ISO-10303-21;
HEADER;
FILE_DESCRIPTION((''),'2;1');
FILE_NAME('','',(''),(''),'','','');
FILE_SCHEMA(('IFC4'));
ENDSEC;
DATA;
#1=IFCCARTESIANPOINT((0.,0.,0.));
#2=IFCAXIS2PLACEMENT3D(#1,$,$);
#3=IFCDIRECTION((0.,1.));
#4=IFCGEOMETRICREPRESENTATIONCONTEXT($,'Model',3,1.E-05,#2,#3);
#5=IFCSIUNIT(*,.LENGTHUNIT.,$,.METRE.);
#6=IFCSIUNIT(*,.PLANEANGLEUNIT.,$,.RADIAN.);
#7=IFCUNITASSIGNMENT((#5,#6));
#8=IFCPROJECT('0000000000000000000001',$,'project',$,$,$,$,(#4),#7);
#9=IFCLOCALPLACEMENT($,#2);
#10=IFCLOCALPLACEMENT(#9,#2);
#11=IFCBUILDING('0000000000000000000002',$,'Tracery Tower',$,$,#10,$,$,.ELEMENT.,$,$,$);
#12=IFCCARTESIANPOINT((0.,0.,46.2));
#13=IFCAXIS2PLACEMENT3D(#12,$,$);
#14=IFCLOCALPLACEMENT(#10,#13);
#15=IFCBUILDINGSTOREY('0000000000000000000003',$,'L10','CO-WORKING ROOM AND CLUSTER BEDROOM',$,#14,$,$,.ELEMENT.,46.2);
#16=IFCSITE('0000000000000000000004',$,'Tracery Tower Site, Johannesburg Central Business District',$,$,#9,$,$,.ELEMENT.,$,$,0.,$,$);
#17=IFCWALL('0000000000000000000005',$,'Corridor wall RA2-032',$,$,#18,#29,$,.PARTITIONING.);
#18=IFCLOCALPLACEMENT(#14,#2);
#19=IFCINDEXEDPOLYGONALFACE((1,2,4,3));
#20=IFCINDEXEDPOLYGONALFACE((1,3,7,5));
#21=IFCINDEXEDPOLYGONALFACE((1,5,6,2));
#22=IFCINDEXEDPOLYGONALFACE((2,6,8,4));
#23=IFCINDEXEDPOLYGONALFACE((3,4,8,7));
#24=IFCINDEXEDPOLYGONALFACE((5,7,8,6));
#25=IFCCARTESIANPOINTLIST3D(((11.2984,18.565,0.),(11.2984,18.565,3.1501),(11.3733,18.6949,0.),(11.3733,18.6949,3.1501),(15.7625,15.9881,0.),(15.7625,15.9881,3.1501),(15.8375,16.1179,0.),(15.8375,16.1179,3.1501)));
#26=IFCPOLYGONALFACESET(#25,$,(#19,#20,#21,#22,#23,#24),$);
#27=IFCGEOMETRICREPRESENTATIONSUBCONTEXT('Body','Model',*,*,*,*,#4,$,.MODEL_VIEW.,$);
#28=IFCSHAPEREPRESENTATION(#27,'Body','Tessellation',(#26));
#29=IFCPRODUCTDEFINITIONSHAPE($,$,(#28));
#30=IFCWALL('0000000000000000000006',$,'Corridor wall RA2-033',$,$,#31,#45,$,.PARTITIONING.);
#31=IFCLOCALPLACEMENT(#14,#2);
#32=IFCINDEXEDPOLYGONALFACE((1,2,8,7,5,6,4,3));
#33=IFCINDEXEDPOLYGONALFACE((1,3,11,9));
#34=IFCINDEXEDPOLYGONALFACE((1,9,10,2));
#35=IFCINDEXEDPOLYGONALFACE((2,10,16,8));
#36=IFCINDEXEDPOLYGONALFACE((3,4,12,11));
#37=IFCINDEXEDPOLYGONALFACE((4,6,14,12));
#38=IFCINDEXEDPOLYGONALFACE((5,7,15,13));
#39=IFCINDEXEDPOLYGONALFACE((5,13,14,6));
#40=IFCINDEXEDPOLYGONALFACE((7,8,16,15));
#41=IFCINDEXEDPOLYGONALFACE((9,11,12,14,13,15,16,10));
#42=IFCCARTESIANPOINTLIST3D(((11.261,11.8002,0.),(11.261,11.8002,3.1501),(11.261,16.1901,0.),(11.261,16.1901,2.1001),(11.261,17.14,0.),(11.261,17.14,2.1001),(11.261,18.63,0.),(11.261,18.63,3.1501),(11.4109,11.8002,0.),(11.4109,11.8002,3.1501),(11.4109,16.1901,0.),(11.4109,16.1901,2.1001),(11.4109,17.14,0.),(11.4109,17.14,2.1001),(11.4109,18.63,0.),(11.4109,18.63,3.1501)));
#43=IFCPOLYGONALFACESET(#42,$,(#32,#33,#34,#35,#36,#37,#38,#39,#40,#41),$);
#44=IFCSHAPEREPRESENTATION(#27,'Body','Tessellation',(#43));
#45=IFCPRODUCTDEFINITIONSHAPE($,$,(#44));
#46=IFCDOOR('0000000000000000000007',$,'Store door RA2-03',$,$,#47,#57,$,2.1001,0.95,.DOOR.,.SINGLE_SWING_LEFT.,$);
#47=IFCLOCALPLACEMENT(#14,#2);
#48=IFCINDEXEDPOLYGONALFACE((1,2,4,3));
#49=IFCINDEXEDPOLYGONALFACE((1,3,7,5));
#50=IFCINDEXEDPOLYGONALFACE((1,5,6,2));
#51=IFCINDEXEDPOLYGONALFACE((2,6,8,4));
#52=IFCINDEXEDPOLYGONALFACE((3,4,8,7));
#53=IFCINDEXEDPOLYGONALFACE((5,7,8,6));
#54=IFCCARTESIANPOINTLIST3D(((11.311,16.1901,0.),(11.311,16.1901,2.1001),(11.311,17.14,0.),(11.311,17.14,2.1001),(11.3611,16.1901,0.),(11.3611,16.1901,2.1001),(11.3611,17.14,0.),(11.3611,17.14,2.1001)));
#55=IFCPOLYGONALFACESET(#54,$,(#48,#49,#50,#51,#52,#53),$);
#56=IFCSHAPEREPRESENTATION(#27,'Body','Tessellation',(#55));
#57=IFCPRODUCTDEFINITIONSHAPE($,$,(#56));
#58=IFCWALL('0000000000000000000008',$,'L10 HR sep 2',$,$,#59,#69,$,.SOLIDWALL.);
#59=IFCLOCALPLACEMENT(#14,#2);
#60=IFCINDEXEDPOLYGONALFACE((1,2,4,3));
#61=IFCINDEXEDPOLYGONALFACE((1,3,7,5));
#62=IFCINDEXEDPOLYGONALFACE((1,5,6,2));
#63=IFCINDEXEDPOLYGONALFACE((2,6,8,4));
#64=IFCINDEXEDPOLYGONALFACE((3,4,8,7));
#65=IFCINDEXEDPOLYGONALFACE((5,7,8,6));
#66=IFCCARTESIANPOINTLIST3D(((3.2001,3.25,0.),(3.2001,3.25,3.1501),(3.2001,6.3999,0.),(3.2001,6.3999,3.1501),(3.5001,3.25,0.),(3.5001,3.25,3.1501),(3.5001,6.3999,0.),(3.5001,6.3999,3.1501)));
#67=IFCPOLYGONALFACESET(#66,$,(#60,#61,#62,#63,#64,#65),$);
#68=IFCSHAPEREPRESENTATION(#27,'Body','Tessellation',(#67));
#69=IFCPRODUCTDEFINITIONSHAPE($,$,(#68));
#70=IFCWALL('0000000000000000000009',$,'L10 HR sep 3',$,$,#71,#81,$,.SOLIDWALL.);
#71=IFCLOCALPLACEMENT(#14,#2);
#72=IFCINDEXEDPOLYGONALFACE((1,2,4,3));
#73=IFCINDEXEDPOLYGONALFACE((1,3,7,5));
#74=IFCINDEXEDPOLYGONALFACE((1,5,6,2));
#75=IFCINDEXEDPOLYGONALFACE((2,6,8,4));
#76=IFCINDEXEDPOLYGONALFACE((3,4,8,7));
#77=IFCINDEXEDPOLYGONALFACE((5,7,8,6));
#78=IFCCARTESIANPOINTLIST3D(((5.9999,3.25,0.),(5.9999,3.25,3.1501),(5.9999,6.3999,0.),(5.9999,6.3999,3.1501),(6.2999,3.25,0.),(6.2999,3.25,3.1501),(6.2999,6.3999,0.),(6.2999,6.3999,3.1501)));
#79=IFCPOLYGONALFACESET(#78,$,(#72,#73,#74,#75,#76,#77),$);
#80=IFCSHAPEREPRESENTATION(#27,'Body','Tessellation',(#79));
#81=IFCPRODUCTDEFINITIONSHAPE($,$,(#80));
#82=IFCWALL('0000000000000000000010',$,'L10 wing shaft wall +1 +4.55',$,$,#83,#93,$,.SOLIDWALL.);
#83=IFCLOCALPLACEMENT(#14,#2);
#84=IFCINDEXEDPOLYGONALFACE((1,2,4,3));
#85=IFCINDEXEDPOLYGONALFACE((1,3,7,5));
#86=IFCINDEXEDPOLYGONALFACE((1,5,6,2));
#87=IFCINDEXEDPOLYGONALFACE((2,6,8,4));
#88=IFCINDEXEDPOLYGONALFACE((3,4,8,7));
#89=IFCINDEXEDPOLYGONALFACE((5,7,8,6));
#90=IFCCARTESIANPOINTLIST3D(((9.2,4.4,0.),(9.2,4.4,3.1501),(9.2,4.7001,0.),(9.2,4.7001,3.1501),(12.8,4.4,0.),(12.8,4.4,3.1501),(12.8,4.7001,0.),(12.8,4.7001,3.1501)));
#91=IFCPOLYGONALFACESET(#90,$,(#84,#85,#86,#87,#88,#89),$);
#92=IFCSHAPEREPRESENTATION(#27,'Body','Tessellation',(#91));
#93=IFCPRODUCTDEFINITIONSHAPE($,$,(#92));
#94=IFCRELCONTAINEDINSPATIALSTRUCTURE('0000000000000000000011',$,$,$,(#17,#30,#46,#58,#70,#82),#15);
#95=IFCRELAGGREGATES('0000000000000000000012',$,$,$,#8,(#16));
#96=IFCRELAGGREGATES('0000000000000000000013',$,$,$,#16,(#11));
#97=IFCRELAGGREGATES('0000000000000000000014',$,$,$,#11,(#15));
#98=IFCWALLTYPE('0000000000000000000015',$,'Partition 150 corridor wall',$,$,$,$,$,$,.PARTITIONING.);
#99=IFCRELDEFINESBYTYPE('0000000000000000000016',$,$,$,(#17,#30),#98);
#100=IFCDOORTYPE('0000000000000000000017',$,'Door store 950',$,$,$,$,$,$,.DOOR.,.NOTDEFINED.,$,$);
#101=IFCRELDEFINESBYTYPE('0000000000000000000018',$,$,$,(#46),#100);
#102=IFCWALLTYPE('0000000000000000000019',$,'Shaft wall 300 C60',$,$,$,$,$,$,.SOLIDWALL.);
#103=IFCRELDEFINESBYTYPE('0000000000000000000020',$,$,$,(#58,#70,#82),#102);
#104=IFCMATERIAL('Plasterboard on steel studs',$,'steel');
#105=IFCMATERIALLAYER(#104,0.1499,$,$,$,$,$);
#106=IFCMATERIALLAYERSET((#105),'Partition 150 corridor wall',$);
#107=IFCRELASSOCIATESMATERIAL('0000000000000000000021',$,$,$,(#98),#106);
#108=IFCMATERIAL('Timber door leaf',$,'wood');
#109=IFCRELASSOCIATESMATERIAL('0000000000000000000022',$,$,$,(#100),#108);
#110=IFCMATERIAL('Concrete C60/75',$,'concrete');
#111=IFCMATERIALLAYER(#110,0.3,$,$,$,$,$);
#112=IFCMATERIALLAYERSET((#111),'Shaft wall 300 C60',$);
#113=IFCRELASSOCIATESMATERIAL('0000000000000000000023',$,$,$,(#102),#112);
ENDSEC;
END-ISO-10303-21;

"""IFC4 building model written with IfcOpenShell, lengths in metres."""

from ifc_helpers import new_model, si_unit, direction, frame, frame_2d, origin, place, context, subcontext, project, spatial, rectangle, extrude, material, layer, layer_set, type_object, element, fill, save


model = new_model("IFC4")

# Units and contexts
model_context = context("Model", 3, precision=1e-05, world=origin(), true_north=direction((0.0, 1.0)))
body_context = subcontext(model_context, "Body", "Model", "MODEL_VIEW")
ifc_project = project(units=[si_unit("LENGTHUNIT", "METRE"), si_unit("PLANEANGLEUNIT", "RADIAN")], contexts=[model_context])

# Site, building, storey
site_placement = place(None, origin())
site = spatial("IfcSite", under=ifc_project, at=site_placement, Name="Tracery Tower Site, Johannesburg Central Business District", CompositionType="ELEMENT", RefElevation=0.0)
building_placement = place(site_placement, origin())
building = spatial("IfcBuilding", under=site, at=building_placement, Name="Tracery Tower", CompositionType="ELEMENT")
storey_placement = place(building_placement, frame((0.0, 0.0, 46.2)))
storey = spatial("IfcBuildingStorey", under=building, at=storey_placement, Name="L10", Description="CO-WORKING ROOM AND CLUSTER BEDROOM", CompositionType="ELEMENT", Elevation=46.2)

# Wall
ifc_material_1 = material(Name="Plasterboard on steel studs", Category="steel")
ifc_layer_1 = layer(ifc_material_1, 0.1499)
ifc_layer_set_1 = layer_set([ifc_layer_1], Name="Partition 150 corridor wall")
wall_type_1 = type_object("IfcWallType", Name="Partition 150 corridor wall", PredefinedType="PARTITIONING", material=ifc_layer_set_1)
wall_1_placement = place(storey_placement, frame((11.3359, 18.6299, 0.0), z_axis=(0.0, 0.0, 1.0), x_axis=(0.866063, -0.499934, 0.0)))
element("IfcWall", 1, at=wall_1_placement, inside=storey, type_object=wall_type_1, Name="Corridor wall RA2-032", PredefinedType="PARTITIONING", context=body_context, shape_type="SweptSolid", body=[
    extrude(rectangle(XDim=5.1545, YDim=0.1499, at=frame_2d((2.5771, 0.0))), origin(), (0.0, 0.0, 1.0), 3.1501),
])

# Wall, opening, door
wall_2_placement = place(storey_placement, frame((11.3359, 11.8, 0.0), z_axis=(0.0, 0.0, 1.0), x_axis=(0.0, 1.0, 0.0)))
wall_2 = element("IfcWall", 2, at=wall_2_placement, inside=storey, type_object=wall_type_1, Name="Corridor wall RA2-033", PredefinedType="PARTITIONING", context=body_context, shape_type="SweptSolid", body=[
    extrude(rectangle(XDim=6.8298, YDim=0.1499, at=frame_2d((3.415, 0.0))), origin(), (0.0, 0.0, 1.0), 3.1501),
])
opening_1_placement = place(wall_2_placement, frame((4.3899, 0.0, 0.0)))
opening_1 = element("IfcOpeningElement", 3, at=opening_1_placement, cuts=wall_2, PredefinedType="OPENING", context=body_context, shape_type="SweptSolid", body=[
    extrude(rectangle(XDim=0.95, YDim=2.1001, at=frame_2d((0.4751, 1.05))), frame((0.0, 0.075, 0.0), z_axis=(0.0, -1.0, 0.0), x_axis=(1.0, 0.0, 0.0)), (0.0, 0.0, 1.0), 0.1499),
])
ifc_material_2 = material(Name="Timber door leaf", Category="wood")
door_type_1 = type_object("IfcDoorType", Name="Door store 950", OperationType="NOTDEFINED", PredefinedType="DOOR", material=ifc_material_2)
door_1_placement = place(opening_1_placement, origin())
door_1 = element("IfcDoor", 4, at=door_1_placement, inside=storey, type_object=door_type_1, Name="Store door RA2-03", OperationType="SINGLE_SWING_LEFT", OverallHeight=2.1001, OverallWidth=0.95, PredefinedType="DOOR", context=body_context, shape_type="SweptSolid", body=[
    extrude(rectangle(XDim=0.95, YDim=2.1001, at=frame_2d((0.4751, 1.05))), frame((0.0, 0.0249, 0.0), z_axis=(0.0, -1.0, 0.0), x_axis=(1.0, 0.0, 0.0)), (0.0, 0.0, 1.0), 0.05),
])
fill(opening_1, door_1)

# Walls
ifc_material_3 = material(Name="Concrete C60/75", Category="concrete")
ifc_layer_2 = layer(ifc_material_3, 0.3)
ifc_layer_set_2 = layer_set([ifc_layer_2], Name="Shaft wall 300 C60")
wall_type_2 = type_object("IfcWallType", Name="Shaft wall 300 C60", PredefinedType="SOLIDWALL", material=ifc_layer_set_2)
for number, where, z_axis, x_axis, name in (
    (5, (3.3501, 3.25, 0.0), (0.0, 0.0, 1.0), (0.0, 1.0, 0.0), "L10 HR sep 2"),
    (6, (6.1499, 3.25, 0.0), (0.0, 0.0, 1.0), (0.0, 1.0, 0.0), "L10 HR sep 3"),
):
    element("IfcWall", number, at=place(storey_placement, frame(where, z_axis=z_axis, x_axis=x_axis)), inside=storey, type_object=wall_type_2, Name=name, PredefinedType="SOLIDWALL", context=body_context, shape_type="SweptSolid", body=[
        extrude(rectangle(XDim=3.1499, YDim=0.3, at=frame_2d((1.575, 0.0))), origin(), (0.0, 0.0, 1.0), 3.1501),
    ])
wall_3_placement = place(storey_placement, frame((9.2, 4.55, 0.0), z_axis=(0.0, 0.0, 1.0), x_axis=(1.0, 0.0, 0.0)))
element("IfcWall", 7, at=wall_3_placement, inside=storey, type_object=wall_type_2, Name="L10 wing shaft wall +1 +4.55", PredefinedType="SOLIDWALL", context=body_context, shape_type="SweptSolid", body=[
    extrude(rectangle(XDim=3.6001, YDim=0.3, at=frame_2d((1.8, 0.0))), origin(), (0.0, 0.0, 1.0), 3.1501),
])

save(model, "model.ifc")
